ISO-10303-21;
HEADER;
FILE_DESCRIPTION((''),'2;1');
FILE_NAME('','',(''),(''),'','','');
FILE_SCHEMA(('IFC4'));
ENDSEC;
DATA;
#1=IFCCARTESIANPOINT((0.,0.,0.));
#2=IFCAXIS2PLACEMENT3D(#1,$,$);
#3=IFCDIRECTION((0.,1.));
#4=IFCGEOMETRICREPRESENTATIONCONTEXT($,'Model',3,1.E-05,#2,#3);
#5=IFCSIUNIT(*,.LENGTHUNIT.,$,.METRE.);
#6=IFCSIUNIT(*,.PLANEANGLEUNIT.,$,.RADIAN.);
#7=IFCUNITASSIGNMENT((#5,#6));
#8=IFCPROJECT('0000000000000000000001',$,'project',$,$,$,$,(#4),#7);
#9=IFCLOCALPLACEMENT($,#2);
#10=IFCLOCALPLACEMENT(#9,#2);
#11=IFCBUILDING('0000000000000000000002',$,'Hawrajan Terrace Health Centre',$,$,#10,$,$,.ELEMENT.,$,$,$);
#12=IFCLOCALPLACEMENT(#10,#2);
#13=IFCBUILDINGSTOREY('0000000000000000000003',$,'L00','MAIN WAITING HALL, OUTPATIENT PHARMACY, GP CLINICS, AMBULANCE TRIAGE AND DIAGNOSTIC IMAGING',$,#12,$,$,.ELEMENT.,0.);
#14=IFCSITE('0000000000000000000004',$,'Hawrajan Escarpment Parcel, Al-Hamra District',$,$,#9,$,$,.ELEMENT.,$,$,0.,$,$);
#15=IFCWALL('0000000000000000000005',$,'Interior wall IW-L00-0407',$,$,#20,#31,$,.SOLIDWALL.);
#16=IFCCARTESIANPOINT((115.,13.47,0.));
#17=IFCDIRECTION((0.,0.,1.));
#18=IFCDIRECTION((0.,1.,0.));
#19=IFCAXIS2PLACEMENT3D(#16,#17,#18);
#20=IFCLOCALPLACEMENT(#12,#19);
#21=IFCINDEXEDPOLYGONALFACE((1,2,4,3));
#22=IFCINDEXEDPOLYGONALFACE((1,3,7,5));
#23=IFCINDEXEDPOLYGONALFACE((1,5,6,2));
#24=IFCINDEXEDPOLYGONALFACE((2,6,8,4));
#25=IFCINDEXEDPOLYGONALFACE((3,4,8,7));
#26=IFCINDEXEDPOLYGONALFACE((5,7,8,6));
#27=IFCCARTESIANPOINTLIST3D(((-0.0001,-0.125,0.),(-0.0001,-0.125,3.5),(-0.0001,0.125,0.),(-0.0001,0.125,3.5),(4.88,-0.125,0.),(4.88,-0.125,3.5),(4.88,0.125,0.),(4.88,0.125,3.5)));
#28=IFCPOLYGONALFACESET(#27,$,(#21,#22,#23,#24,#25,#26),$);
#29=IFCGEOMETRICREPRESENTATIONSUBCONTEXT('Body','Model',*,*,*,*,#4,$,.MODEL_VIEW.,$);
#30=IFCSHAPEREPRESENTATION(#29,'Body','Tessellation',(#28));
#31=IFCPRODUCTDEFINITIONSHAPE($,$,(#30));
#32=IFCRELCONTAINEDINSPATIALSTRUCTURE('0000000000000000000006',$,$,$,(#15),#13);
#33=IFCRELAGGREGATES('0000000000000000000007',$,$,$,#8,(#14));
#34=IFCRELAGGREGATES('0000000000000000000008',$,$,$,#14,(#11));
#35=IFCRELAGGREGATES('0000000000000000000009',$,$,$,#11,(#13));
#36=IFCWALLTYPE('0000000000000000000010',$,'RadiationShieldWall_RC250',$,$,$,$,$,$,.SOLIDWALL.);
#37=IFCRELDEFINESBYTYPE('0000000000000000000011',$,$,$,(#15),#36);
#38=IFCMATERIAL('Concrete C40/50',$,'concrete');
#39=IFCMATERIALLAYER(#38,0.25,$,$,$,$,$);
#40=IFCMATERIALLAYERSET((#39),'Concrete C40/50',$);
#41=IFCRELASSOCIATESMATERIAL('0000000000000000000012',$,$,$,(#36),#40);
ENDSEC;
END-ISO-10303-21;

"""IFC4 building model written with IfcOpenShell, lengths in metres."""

from ifc_helpers import new_model, si_unit, direction, frame, frame_2d, origin, place, context, subcontext, project, spatial, rectangle, extrude, material, layer, layer_set, type_object, element, save


model = new_model("IFC4")

# Units and contexts
model_context = context("Model", 3, precision=1e-05, world=origin(), true_north=direction((0.0, 1.0)))
body_context = subcontext(model_context, "Body", "Model", "MODEL_VIEW")
ifc_project = project(units=[si_unit("LENGTHUNIT", "METRE"), si_unit("PLANEANGLEUNIT", "RADIAN")], contexts=[model_context])

# Site, building, storey
site_placement = place(None, origin())
site = spatial("IfcSite", under=ifc_project, at=site_placement, Name="Hawrajan Escarpment Parcel, Al-Hamra District", CompositionType="ELEMENT", RefElevation=0.0)
building_placement = place(site_placement, origin())
building = spatial("IfcBuilding", under=site, at=building_placement, Name="Hawrajan Terrace Health Centre", CompositionType="ELEMENT")
storey_placement = place(building_placement, origin())
storey = spatial("IfcBuildingStorey", under=building, at=storey_placement, Name="L00", Description="MAIN WAITING HALL, OUTPATIENT PHARMACY, GP CLINICS, AMBULANCE TRIAGE AND DIAGNOSTIC IMAGING", CompositionType="ELEMENT", Elevation=0.0)

# Shared definitions
ifc_material_1 = material(Name="Concrete C40/50", Category="concrete")

# Wall
ifc_layer_1 = layer(ifc_material_1, 0.25)
ifc_layer_set_1 = layer_set([ifc_layer_1], Name="Concrete C40/50")
wall_type_1 = type_object("IfcWallType", Name="RadiationShieldWall_RC250", PredefinedType="SOLIDWALL", material=ifc_layer_set_1)
wall_1_placement = place(storey_placement, frame((115.0, 13.47, 0.0), z_axis=(0.0, 0.0, 1.0), x_axis=(0.0, 1.0, 0.0)))
element("IfcWall", 1, at=wall_1_placement, inside=storey, type_object=wall_type_1, Name="Interior wall IW-L00-0407", PredefinedType="SOLIDWALL", context=body_context, shape_type="SweptSolid", body=[
    extrude(rectangle(XDim=4.8801, YDim=0.25, at=frame_2d((2.4399, 0.0))), origin(), (0.0, 0.0, 1.0), 3.5),
])

save(model, "model.ifc")
